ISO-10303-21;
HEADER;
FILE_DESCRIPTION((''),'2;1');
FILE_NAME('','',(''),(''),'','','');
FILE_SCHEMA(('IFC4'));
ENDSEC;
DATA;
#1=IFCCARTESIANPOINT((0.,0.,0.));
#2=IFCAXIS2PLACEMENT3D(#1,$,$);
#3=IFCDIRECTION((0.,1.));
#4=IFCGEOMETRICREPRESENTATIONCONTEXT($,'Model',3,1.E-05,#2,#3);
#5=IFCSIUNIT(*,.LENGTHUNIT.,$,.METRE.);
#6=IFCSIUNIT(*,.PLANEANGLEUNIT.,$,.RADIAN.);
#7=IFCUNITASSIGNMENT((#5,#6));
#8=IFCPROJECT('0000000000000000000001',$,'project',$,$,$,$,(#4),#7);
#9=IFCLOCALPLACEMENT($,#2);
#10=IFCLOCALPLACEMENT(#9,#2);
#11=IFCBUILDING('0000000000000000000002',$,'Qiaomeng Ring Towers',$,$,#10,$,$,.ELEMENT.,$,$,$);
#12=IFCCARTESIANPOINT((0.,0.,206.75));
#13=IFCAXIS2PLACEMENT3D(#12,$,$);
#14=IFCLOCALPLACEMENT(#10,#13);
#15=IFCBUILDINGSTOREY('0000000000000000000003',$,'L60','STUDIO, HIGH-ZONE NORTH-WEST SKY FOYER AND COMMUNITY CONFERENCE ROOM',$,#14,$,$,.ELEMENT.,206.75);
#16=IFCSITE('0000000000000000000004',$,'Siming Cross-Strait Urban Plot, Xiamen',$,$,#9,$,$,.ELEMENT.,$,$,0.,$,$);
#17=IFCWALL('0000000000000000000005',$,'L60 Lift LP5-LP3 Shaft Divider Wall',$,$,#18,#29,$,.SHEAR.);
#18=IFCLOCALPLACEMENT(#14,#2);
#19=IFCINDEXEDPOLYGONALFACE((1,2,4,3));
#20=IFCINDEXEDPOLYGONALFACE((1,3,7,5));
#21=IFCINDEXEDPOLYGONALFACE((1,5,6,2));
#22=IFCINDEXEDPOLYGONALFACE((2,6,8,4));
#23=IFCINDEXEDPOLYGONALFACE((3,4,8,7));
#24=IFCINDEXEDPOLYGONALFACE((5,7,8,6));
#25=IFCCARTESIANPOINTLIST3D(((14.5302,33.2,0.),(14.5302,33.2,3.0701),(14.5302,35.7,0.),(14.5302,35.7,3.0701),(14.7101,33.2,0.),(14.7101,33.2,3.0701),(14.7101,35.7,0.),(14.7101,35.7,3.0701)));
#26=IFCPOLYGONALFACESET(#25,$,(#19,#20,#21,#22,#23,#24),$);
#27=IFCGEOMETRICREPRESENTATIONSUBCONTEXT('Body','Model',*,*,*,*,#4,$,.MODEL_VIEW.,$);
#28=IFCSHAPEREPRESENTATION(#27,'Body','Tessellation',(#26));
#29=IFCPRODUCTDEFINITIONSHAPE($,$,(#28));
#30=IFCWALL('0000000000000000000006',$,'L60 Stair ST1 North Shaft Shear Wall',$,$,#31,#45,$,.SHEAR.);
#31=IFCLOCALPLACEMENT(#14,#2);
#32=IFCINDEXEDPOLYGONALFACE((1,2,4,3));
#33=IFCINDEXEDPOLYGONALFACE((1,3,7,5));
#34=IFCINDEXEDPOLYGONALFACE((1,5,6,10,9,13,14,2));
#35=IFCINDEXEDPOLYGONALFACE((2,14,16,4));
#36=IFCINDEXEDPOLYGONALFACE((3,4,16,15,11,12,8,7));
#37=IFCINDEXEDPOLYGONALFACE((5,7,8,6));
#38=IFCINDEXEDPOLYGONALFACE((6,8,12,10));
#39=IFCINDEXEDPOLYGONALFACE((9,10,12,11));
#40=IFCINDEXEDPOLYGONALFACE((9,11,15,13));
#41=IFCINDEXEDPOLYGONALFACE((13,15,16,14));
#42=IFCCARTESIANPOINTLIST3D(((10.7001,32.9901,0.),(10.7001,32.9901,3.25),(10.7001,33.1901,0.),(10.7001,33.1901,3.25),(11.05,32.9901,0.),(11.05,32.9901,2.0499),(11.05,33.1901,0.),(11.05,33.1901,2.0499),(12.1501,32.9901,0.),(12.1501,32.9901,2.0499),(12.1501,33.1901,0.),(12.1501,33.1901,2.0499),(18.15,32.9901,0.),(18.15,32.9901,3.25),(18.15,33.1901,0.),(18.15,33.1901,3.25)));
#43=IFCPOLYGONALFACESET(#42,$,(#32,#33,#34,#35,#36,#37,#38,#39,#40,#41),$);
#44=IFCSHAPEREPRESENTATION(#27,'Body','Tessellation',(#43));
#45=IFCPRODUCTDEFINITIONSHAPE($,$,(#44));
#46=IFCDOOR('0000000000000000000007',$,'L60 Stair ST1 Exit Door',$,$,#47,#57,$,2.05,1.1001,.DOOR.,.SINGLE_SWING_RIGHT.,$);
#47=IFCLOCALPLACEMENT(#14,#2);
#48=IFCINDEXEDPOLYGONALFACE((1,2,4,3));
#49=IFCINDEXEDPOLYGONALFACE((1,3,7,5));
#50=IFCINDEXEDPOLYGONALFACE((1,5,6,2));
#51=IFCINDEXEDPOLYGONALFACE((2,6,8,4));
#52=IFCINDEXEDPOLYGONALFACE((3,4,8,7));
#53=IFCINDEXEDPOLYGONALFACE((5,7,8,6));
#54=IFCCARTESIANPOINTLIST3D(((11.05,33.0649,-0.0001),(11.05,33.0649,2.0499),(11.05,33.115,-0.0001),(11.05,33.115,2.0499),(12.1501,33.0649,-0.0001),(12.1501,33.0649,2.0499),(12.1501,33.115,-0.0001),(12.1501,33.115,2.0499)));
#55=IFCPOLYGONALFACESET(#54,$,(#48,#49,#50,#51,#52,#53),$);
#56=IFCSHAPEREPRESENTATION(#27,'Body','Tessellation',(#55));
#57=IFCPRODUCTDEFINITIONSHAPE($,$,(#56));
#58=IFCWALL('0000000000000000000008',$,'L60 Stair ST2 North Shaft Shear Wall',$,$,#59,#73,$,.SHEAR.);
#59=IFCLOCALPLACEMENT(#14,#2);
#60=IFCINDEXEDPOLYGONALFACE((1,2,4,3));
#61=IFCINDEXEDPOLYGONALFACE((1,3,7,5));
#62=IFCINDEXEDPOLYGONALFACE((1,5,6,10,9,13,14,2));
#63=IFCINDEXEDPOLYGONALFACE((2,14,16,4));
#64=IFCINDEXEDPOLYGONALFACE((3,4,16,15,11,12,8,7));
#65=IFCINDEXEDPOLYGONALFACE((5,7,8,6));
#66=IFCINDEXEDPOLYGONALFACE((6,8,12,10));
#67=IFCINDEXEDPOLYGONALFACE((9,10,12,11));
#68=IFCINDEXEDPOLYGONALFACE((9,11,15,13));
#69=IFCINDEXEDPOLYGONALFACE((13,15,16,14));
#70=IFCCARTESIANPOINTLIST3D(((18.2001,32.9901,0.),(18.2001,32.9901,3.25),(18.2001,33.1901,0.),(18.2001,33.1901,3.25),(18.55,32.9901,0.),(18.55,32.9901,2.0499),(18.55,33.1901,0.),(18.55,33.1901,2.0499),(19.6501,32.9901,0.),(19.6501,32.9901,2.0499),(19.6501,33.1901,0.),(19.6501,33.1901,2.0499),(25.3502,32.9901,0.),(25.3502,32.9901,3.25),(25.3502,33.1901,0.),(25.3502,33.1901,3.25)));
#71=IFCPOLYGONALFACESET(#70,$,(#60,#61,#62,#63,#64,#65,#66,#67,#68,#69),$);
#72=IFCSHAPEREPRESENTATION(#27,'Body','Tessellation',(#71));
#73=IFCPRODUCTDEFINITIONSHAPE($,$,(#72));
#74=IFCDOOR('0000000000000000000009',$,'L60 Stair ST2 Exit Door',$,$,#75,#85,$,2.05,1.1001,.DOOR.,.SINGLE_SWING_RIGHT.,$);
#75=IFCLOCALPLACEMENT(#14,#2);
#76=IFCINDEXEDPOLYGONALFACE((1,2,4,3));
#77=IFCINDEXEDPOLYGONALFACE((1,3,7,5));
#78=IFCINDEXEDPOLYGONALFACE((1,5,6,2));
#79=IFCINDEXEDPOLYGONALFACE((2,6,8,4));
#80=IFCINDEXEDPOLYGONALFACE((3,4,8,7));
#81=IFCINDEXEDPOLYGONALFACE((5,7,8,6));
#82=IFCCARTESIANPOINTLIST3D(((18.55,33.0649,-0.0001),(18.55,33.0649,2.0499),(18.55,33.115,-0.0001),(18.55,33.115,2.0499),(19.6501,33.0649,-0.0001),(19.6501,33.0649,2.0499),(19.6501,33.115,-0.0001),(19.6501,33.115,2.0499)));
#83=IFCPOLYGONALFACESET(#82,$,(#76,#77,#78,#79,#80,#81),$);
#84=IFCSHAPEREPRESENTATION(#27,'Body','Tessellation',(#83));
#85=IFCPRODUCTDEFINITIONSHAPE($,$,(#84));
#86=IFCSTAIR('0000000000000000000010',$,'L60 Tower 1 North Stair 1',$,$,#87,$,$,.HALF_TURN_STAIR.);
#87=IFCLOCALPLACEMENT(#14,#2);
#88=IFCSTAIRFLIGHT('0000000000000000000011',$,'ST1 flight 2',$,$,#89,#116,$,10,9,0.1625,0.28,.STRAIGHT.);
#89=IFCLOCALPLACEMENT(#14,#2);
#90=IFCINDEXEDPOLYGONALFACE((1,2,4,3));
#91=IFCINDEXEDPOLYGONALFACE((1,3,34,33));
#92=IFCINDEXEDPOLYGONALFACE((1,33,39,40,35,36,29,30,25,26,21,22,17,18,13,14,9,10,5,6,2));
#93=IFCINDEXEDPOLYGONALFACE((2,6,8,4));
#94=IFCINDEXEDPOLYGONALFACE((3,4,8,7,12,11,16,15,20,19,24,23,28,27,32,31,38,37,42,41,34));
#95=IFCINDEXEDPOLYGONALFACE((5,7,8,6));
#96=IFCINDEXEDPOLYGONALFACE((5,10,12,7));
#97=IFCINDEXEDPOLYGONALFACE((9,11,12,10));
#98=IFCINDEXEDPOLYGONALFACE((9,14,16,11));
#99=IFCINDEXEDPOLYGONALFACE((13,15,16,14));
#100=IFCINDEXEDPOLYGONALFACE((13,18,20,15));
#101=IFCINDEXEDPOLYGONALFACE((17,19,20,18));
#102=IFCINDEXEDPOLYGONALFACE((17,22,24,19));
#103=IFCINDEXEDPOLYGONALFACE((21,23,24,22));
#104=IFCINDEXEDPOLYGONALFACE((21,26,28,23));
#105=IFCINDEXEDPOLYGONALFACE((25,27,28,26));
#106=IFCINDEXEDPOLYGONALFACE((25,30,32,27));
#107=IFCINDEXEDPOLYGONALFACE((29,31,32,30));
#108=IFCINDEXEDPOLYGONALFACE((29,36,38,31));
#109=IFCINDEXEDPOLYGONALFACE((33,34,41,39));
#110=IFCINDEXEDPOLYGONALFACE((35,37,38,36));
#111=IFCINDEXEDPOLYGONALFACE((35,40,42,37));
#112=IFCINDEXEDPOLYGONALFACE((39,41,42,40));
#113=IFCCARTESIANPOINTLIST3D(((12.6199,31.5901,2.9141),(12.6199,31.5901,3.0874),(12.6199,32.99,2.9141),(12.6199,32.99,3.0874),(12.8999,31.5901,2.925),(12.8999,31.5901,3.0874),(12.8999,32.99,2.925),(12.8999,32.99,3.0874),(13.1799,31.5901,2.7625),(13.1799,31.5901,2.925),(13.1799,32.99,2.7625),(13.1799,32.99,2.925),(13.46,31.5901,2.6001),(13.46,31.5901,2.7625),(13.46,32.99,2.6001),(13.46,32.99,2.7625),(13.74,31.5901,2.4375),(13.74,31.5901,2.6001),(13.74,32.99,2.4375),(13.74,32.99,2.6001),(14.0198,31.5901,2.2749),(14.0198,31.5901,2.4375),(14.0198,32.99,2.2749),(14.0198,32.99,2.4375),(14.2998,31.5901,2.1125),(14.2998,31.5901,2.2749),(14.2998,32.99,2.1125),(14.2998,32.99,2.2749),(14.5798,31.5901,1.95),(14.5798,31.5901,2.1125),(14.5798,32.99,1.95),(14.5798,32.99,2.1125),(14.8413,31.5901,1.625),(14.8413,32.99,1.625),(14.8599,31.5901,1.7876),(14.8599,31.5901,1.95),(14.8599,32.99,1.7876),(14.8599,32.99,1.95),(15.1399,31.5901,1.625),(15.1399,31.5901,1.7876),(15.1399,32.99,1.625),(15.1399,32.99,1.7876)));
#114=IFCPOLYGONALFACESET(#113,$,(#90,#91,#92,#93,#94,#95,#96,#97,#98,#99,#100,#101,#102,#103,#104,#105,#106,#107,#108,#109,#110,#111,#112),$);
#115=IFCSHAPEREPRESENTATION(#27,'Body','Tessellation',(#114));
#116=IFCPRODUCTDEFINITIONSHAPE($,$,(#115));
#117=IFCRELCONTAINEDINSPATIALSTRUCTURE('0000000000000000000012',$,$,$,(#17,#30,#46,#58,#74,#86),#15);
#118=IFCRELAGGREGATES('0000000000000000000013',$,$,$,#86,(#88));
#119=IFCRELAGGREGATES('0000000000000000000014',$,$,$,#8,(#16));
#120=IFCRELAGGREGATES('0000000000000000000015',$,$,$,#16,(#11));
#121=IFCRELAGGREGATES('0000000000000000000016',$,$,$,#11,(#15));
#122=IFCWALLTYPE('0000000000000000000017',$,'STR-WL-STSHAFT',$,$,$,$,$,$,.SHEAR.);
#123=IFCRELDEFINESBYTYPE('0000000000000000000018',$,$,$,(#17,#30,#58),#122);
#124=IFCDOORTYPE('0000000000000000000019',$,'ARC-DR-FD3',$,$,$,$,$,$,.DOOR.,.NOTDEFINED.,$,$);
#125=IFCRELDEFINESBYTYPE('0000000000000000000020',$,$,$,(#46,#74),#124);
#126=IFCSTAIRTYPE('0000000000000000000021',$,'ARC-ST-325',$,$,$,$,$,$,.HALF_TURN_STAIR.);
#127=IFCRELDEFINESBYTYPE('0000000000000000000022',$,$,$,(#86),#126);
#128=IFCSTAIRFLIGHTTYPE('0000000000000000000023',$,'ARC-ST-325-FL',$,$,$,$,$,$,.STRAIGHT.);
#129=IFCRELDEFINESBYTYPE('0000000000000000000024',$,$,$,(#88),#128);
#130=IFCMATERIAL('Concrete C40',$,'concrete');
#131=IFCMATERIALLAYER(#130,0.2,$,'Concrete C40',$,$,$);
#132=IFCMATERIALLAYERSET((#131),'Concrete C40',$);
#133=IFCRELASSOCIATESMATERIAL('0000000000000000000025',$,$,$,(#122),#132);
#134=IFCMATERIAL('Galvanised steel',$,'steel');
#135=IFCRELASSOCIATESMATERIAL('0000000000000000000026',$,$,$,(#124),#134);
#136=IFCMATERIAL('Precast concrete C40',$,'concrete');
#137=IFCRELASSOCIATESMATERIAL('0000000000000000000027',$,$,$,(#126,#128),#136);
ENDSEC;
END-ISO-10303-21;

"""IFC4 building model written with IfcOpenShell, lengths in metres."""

from ifc_helpers import new_model, si_unit, direction, frame, frame_2d, origin, place, context, subcontext, project, spatial, polyline, rectangle, outline, extrude, source, transform, mapped, material, layer, layer_set, type_object, element, fill, aggregate, save


model = new_model("IFC4")

# Units and contexts
model_context = context("Model", 3, precision=1e-05, world=origin(), true_north=direction((0.0, 1.0)))
body_context = subcontext(model_context, "Body", "Model", "MODEL_VIEW")
ifc_project = project(units=[si_unit("LENGTHUNIT", "METRE"), si_unit("PLANEANGLEUNIT", "RADIAN")], contexts=[model_context])

# Site, building, storey
site_placement = place(None, origin())
site = spatial("IfcSite", under=ifc_project, at=site_placement, Name="Siming Cross-Strait Urban Plot, Xiamen", CompositionType="ELEMENT", RefElevation=0.0)
building_placement = place(site_placement, origin())
building = spatial("IfcBuilding", under=site, at=building_placement, Name="Qiaomeng Ring Towers", CompositionType="ELEMENT")
storey_placement = place(building_placement, frame((0.0, 0.0, 206.75)))
storey = spatial("IfcBuildingStorey", under=building, at=storey_placement, Name="L60", Description="STUDIO, HIGH-ZONE NORTH-WEST SKY FOYER AND COMMUNITY CONFERENCE ROOM", CompositionType="ELEMENT", Elevation=206.75)

# Wall
ifc_material_1 = material(Name="Concrete C40", Category="concrete")
ifc_layer_1 = layer(ifc_material_1, 0.2, Name="Concrete C40")
ifc_layer_set_1 = layer_set([ifc_layer_1], Name="Concrete C40")
wall_type_1 = type_object("IfcWallType", Name="STR-WL-STSHAFT", PredefinedType="SHEAR", material=ifc_layer_set_1)
wall_1_placement = place(storey_placement, frame((14.6201, 33.2, 0.0), z_axis=(0.0, 0.0, 1.0), x_axis=(0.0, 1.0, 0.0)))
element("IfcWall", 1, at=wall_1_placement, inside=storey, type_object=wall_type_1, Name="L60 Lift LP5-LP3 Shaft Divider Wall", PredefinedType="SHEAR", context=body_context, shape_type="SweptSolid", body=[
    extrude(rectangle(XDim=2.5, YDim=0.1799, at=frame_2d((1.25, 0.0))), origin(), (0.0, 0.0, 1.0), 3.0701),
])

# Walls, openings, doors
wall_2_placement = place(storey_placement, frame((10.7, 33.0901, 0.0), z_axis=(0.0, 0.0, 1.0), x_axis=(1.0, 0.0, 0.0)))
wall_2 = element("IfcWall", 2, at=wall_2_placement, inside=storey, type_object=wall_type_1, Name="L60 Stair ST1 North Shaft Shear Wall", PredefinedType="SHEAR", context=body_context, shape_type="SweptSolid", body=[
    extrude(rectangle(XDim=7.45, YDim=0.2, at=frame_2d((3.7251, 0.0))), origin(), (0.0, 0.0, 1.0), 3.25),
])
opening_1_placement = place(wall_2_placement, frame((0.3501, 0.0, 0.0)))
opening_1 = element("IfcOpeningElement", 3, at=opening_1_placement, cuts=wall_2, PredefinedType="OPENING", context=body_context, shape_type="SweptSolid", body=[
    extrude(rectangle(XDim=1.1001, YDim=2.05, at=frame_2d((0.55, 1.0249))), frame((0.0, 0.1099, 0.0), z_axis=(0.0, -1.0, 0.0), x_axis=(1.0, 0.0, 0.0)), (0.0, 0.0, 1.0), 0.22),
])
ifc_material_2 = material(Name="Galvanised steel", Category="steel")
door_type = type_object("IfcDoorType", Name="ARC-DR-FD3", OperationType="NOTDEFINED", PredefinedType="DOOR", material=ifc_material_2)
shared_shape_1 = source(origin(), body_context, "Body", "SweptSolid", [
    extrude(rectangle(XDim=1.1001, YDim=2.05, at=frame_2d((0.55, 1.0249))), frame((0.0, 0.0249, 0.0), z_axis=(0.0, -1.0, 0.0), x_axis=(1.0, 0.0, 0.0)), (0.0, 0.0, 1.0), 0.05),
])
door_1_placement = place(opening_1_placement, origin())
door_1 = element("IfcDoor", 4, at=door_1_placement, inside=storey, type_object=door_type, Name="L60 Stair ST1 Exit Door", OperationType="SINGLE_SWING_RIGHT", OverallHeight=2.05, OverallWidth=1.1001, PredefinedType="DOOR", context=body_context, shape_type="MappedRepresentation", body=[
    mapped(shared_shape_1, transform((0.0, 0.0, 0.0), x_axis=(1.0, 0.0, 0.0), y_axis=(0.0, 1.0, 0.0), z_axis=(0.0, 0.0, 1.0), scale=1.0)),
])
fill(opening_1, door_1)
wall_3_placement = place(storey_placement, frame((18.2, 33.0901, 0.0), z_axis=(0.0, 0.0, 1.0), x_axis=(1.0, 0.0, 0.0)))
wall_3 = element("IfcWall", 5, at=wall_3_placement, inside=storey, type_object=wall_type_1, Name="L60 Stair ST2 North Shaft Shear Wall", PredefinedType="SHEAR", context=body_context, shape_type="SweptSolid", body=[
    extrude(rectangle(XDim=7.1501, YDim=0.2, at=frame_2d((3.5752, 0.0))), origin(), (0.0, 0.0, 1.0), 3.25),
])
opening_2_placement = place(wall_3_placement, frame((0.3501, 0.0, 0.0)))
opening_2 = element("IfcOpeningElement", 6, at=opening_2_placement, cuts=wall_3, PredefinedType="OPENING", context=body_context, shape_type="SweptSolid", body=[
    extrude(rectangle(XDim=1.1001, YDim=2.05, at=frame_2d((0.55, 1.0249))), frame((0.0, 0.1099, 0.0), z_axis=(0.0, -1.0, 0.0), x_axis=(1.0, 0.0, 0.0)), (0.0, 0.0, 1.0), 0.22),
])
door_2_placement = place(opening_2_placement, origin())
door_2 = element("IfcDoor", 7, at=door_2_placement, inside=storey, type_object=door_type, Name="L60 Stair ST2 Exit Door", OperationType="SINGLE_SWING_RIGHT", OverallHeight=2.05, OverallWidth=1.1001, PredefinedType="DOOR", context=body_context, shape_type="MappedRepresentation", body=[
    mapped(shared_shape_1, transform((0.0, 0.0, 0.0), x_axis=(1.0, 0.0, 0.0), y_axis=(0.0, 1.0, 0.0), z_axis=(0.0, 0.0, 1.0), scale=1.0)),
])
fill(opening_2, door_2)

# Stair, stair flight
ifc_material_3 = material(Name="Precast concrete C40", Category="concrete")
stair_type = type_object("IfcStairType", Name="ARC-ST-325", PredefinedType="HALF_TURN_STAIR", material=ifc_material_3)
stair_placement = place(storey_placement, origin())
stair = element("IfcStair", 8, at=stair_placement, inside=storey, type_object=stair_type, Name="L60 Tower 1 North Stair 1", PredefinedType="HALF_TURN_STAIR")
stair_flight_type = type_object("IfcStairFlightType", Name="ARC-ST-325-FL", PredefinedType="STRAIGHT", material=ifc_material_3)
shared_shape_2 = source(origin(), body_context, "Body", "SweptSolid", [
    extrude(outline(polyline([(0.0, 0.0), (0.0, 0.1626), (0.28, 0.1626), (0.28, 0.325), (0.5601, 0.325), (0.5601, 0.4875), (0.8401, 0.4875), (0.8401, 0.6499), (1.1201, 0.6499), (1.1201, 0.8125), (1.3999, 0.8125), (1.3999, 0.9751), (1.6799, 0.9751), (1.6799, 1.1375), (1.96, 1.1375), (1.96, 1.3), (2.24, 1.3), (2.24, 1.4624), (2.52, 1.4624), (2.52, 1.625), (2.52, 1.2891), (0.2986, 0.0), (0.0, 0.0)])), frame((0.0, 0.7, 0.0), z_axis=(0.0, -1.0, 0.0), x_axis=(1.0, 0.0, 0.0)), (0.0, 0.0, 1.0), 1.3999),
])
stair_flight_placement = place(storey_placement, frame((15.1399, 32.29, 1.625), z_axis=(0.0, 0.0, 1.0), x_axis=(-1.0, 0.0, 0.0)))
stair_flight = element("IfcStairFlight", 9, at=stair_flight_placement, type_object=stair_flight_type, Name="ST1 flight 2", NumberOfRisers=10, NumberOfTreads=9, PredefinedType="STRAIGHT", RiserHeight=0.1625, TreadLength=0.28, context=body_context, shape_type="MappedRepresentation", body=[
    mapped(shared_shape_2, transform((0.0, 0.0, 0.0), x_axis=(1.0, 0.0, 0.0), y_axis=(0.0, 1.0, 0.0), z_axis=(0.0, 0.0, 1.0), scale=1.0)),
])
aggregate(stair, [stair_flight])

save(model, "model.ifc")
